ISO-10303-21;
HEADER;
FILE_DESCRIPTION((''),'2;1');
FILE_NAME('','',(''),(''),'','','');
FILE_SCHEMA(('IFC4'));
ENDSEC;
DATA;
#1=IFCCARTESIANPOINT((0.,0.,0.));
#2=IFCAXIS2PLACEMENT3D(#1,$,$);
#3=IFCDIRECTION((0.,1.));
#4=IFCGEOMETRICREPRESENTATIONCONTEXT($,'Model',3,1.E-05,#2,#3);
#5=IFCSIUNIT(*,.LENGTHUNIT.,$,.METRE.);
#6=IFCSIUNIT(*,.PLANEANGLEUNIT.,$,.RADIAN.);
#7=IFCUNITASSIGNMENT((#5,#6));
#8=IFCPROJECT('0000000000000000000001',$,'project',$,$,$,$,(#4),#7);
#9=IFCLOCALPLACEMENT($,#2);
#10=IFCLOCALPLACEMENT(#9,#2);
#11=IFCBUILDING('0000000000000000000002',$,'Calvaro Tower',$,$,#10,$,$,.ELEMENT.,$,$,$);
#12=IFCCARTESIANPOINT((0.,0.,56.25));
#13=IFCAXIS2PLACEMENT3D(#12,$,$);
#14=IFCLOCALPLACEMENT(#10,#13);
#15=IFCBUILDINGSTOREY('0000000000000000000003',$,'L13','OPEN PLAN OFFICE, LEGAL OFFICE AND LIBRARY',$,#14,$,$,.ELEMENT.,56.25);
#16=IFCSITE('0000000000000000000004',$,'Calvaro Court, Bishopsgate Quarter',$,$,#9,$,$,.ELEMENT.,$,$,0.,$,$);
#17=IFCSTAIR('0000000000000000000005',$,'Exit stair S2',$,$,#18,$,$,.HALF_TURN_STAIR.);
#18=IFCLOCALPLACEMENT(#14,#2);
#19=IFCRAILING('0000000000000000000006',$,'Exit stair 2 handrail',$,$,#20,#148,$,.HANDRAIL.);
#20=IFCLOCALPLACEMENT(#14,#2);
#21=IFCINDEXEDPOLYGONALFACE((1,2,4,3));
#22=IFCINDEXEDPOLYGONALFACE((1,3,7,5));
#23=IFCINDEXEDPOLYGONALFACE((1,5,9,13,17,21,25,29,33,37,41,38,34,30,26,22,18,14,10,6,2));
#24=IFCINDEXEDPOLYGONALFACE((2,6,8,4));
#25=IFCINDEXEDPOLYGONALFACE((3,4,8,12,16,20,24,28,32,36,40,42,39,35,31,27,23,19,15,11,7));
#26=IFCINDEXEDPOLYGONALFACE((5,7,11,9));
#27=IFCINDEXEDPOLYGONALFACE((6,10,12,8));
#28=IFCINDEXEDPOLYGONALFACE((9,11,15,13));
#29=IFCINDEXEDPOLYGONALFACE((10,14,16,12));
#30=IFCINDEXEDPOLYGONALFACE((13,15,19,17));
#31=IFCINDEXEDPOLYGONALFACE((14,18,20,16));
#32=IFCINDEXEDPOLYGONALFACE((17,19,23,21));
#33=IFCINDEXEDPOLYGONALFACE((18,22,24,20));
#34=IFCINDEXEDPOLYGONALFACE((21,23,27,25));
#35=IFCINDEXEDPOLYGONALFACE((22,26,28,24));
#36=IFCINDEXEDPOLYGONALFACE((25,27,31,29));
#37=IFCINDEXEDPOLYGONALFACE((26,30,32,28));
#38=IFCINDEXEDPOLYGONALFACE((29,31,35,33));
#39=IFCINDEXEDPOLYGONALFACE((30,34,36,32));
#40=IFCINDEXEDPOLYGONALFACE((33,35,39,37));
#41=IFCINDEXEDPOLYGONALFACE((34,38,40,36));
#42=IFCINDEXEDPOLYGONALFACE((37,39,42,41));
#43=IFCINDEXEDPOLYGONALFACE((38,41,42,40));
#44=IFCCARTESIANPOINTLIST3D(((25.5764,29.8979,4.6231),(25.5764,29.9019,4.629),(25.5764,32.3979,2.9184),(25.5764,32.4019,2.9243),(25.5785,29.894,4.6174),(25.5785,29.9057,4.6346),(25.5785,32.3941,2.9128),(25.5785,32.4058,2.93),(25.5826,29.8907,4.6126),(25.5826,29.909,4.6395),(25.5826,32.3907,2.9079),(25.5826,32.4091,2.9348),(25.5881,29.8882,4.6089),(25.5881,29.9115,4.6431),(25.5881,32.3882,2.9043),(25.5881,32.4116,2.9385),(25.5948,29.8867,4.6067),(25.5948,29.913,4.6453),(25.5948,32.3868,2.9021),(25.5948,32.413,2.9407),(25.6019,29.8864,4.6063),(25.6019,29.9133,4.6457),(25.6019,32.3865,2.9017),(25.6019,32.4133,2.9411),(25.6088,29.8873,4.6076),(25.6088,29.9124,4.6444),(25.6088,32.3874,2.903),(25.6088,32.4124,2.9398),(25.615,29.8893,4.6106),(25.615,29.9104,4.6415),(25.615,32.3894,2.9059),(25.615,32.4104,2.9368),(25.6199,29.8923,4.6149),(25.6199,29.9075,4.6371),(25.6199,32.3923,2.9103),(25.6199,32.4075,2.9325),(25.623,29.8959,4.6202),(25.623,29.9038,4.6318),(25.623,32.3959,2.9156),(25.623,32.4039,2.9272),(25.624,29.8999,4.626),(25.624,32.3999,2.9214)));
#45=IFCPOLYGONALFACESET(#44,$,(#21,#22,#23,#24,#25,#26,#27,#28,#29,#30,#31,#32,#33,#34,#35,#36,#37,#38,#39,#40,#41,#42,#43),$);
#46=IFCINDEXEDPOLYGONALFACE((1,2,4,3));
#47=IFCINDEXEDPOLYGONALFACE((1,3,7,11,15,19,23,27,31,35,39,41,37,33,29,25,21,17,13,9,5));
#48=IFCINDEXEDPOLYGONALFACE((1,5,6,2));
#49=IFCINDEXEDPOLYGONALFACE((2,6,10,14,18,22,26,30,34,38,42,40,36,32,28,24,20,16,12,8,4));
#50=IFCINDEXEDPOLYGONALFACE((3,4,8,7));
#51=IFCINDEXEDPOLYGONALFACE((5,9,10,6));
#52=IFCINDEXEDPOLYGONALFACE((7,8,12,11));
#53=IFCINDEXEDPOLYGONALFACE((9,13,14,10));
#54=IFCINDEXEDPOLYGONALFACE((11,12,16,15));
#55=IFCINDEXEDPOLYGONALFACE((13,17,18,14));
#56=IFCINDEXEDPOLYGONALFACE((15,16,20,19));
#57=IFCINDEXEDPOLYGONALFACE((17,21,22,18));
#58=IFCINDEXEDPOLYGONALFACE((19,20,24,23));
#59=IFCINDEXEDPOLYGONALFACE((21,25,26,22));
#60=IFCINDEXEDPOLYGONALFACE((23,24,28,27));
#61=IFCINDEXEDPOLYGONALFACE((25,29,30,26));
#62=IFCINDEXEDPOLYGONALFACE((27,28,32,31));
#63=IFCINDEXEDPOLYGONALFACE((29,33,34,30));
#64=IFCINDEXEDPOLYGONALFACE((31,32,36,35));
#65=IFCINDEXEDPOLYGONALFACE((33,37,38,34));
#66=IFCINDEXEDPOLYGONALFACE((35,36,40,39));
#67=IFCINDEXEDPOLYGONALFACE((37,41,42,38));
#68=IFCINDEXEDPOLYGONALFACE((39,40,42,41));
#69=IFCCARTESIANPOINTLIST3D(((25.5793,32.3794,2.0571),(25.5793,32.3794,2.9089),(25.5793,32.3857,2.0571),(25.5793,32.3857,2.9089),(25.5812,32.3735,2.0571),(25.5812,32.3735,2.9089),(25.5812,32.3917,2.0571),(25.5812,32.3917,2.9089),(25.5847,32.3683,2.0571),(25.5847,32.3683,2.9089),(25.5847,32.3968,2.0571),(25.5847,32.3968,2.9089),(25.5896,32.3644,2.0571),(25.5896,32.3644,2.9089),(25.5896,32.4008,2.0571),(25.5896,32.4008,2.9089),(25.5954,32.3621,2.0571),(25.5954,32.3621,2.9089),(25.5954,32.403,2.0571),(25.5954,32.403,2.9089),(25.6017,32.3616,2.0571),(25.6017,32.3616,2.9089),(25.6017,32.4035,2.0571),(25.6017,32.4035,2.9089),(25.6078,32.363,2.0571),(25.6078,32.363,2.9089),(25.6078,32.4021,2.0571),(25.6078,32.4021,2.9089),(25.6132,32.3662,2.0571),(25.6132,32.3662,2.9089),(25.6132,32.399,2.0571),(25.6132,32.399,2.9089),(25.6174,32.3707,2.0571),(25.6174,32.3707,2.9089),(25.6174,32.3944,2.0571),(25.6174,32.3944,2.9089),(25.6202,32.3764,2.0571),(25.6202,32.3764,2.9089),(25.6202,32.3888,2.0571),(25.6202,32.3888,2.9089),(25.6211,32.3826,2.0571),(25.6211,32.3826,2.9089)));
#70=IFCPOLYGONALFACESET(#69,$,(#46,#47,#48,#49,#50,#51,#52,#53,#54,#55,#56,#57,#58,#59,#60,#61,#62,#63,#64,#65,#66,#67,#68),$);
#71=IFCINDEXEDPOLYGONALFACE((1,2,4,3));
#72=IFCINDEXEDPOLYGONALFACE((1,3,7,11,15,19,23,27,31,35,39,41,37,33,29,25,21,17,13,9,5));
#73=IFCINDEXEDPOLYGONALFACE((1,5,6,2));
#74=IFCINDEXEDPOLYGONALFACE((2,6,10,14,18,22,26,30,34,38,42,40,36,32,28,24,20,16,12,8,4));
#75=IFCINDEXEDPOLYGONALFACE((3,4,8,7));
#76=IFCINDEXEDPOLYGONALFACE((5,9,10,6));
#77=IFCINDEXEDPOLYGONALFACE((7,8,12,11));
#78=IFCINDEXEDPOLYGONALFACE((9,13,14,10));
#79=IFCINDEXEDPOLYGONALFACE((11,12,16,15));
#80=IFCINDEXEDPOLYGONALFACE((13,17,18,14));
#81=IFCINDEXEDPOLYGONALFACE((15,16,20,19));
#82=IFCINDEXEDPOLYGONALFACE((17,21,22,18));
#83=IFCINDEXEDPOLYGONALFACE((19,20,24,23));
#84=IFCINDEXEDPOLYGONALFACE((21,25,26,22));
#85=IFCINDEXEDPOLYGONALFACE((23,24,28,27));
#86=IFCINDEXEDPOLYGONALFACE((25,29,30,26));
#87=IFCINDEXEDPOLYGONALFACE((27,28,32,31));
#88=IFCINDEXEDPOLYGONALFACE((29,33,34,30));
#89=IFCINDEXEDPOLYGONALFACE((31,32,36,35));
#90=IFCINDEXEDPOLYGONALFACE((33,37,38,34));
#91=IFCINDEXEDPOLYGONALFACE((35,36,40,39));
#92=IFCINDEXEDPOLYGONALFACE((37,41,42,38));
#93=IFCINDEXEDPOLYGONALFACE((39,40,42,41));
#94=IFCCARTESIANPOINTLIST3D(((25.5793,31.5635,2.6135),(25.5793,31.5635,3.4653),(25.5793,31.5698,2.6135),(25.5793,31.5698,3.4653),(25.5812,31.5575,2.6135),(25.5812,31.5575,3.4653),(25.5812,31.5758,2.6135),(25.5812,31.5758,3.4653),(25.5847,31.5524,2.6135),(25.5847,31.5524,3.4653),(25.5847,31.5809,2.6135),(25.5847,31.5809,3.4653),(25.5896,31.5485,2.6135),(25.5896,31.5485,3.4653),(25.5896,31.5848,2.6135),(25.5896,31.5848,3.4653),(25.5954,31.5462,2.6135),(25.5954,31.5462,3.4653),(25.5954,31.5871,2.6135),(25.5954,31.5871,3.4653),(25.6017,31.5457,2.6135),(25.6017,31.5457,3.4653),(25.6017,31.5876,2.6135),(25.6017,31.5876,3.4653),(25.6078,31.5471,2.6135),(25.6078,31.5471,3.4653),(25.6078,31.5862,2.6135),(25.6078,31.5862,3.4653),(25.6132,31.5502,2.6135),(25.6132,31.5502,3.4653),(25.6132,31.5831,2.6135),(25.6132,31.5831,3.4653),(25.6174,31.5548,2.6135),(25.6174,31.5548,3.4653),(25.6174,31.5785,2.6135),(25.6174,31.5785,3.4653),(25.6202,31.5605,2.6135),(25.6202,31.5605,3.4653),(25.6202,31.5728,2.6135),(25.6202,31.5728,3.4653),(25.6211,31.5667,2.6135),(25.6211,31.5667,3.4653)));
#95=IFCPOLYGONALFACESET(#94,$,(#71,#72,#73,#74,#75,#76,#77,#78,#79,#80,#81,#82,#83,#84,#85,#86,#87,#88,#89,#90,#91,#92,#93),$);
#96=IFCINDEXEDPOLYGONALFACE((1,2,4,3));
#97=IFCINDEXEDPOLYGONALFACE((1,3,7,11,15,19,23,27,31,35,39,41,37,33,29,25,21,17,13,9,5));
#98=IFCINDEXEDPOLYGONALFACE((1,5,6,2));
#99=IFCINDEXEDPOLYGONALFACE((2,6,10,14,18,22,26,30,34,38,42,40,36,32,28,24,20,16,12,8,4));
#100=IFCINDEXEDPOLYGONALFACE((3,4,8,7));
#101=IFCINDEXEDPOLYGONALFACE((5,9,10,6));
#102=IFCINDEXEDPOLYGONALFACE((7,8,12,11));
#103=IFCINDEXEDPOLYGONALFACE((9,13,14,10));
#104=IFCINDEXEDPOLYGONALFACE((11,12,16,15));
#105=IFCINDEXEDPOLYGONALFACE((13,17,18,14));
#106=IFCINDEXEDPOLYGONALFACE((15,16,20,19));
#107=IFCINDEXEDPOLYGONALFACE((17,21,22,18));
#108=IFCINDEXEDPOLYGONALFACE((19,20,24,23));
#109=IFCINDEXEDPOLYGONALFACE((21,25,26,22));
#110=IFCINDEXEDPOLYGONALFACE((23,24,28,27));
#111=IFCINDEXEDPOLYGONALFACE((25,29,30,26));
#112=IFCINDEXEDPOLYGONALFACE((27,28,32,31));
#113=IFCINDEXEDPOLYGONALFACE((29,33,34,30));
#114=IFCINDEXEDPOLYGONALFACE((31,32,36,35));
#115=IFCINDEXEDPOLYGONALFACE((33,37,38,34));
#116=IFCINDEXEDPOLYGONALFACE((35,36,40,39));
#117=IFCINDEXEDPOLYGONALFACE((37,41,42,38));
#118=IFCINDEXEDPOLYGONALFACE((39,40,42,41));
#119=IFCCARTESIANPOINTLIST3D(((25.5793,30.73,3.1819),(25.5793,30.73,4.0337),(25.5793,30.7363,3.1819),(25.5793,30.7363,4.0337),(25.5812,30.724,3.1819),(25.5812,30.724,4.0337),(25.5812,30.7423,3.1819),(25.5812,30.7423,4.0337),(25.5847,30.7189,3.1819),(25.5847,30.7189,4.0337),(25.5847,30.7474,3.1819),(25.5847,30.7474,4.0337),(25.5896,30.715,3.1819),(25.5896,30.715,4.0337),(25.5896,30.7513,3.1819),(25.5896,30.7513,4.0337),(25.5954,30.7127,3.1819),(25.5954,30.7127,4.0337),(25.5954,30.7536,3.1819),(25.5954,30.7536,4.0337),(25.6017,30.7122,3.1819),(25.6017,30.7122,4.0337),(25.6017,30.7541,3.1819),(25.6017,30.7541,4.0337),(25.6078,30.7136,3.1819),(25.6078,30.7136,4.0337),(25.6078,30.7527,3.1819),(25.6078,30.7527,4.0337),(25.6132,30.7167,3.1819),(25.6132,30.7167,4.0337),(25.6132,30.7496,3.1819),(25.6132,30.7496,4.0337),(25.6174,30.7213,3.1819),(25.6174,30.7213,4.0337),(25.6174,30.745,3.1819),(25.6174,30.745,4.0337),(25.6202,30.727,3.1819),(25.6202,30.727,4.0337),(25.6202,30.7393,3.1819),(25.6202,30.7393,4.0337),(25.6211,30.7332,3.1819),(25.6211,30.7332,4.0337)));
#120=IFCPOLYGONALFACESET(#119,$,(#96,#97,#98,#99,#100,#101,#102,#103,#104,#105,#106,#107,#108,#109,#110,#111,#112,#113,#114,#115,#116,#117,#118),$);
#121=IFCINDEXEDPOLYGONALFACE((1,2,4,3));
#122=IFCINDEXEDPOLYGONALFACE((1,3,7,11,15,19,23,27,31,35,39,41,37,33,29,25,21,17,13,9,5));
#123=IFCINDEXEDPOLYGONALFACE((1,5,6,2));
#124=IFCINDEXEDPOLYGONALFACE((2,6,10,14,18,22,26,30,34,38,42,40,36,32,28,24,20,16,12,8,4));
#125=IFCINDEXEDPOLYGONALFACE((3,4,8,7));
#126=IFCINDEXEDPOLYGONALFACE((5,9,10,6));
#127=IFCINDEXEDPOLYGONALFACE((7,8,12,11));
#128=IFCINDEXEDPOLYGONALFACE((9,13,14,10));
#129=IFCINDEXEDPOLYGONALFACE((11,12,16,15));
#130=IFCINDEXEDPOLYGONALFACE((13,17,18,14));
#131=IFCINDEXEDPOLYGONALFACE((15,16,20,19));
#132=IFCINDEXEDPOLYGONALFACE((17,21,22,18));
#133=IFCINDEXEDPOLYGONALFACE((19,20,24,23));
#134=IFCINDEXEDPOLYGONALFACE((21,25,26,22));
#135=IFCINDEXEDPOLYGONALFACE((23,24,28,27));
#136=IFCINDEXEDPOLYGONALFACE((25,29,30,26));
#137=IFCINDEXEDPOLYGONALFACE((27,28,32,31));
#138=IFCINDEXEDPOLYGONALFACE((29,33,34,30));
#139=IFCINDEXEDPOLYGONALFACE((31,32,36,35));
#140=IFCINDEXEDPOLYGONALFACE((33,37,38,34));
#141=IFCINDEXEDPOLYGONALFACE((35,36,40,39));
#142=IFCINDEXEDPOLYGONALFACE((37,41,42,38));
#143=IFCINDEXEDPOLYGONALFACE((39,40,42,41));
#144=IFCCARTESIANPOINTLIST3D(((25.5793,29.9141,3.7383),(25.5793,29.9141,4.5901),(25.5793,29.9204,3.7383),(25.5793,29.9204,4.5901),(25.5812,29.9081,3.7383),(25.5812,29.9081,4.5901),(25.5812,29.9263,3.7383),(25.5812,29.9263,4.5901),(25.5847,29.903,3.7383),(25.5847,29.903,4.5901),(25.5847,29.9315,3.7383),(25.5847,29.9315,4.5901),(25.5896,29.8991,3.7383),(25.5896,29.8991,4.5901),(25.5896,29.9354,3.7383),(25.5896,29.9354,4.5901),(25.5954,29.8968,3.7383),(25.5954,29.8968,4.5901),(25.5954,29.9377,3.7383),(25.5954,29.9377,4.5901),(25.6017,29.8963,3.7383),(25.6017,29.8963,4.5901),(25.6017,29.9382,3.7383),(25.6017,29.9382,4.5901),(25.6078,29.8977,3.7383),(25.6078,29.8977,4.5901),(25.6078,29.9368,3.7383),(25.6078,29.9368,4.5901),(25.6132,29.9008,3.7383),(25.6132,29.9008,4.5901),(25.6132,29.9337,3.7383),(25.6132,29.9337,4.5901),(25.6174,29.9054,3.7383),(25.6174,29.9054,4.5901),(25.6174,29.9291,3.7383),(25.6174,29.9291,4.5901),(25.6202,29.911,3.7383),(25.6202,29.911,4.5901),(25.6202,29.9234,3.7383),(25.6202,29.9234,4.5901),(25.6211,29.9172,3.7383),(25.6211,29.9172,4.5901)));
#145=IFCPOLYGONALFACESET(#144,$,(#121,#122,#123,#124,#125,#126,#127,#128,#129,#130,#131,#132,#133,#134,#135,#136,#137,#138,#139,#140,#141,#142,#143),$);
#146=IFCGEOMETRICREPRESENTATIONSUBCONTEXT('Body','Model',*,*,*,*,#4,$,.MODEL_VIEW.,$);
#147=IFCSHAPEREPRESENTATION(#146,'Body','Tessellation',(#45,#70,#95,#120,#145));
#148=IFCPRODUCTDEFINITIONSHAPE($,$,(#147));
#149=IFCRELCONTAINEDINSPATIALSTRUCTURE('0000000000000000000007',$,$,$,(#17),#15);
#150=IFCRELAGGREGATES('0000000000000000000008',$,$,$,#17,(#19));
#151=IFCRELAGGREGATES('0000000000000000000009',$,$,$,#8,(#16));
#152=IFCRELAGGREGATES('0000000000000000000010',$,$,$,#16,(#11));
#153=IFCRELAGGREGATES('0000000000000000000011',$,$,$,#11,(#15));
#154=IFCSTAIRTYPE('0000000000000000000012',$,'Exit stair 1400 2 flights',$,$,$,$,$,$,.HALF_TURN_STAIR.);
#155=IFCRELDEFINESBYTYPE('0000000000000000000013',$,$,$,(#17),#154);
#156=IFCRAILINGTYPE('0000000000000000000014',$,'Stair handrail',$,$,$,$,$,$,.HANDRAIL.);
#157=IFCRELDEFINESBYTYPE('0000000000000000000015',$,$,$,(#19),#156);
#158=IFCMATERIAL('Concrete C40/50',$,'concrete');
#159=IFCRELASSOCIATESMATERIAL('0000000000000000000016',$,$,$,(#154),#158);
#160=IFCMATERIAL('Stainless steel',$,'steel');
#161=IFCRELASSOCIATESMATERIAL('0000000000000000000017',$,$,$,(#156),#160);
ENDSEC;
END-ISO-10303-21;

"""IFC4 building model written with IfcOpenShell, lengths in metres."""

from ifc_helpers import new_model, si_unit, direction, frame, origin, origin_2d, place, context, subcontext, project, spatial, circle, extrude, material, type_object, element, aggregate, save


model = new_model("IFC4")

# Units and contexts
model_context = context("Model", 3, precision=1e-05, world=origin(), true_north=direction((0.0, 1.0)))
body_context = subcontext(model_context, "Body", "Model", "MODEL_VIEW")
ifc_project = project(units=[si_unit("LENGTHUNIT", "METRE"), si_unit("PLANEANGLEUNIT", "RADIAN")], contexts=[model_context])

# Site, building, storey
site_placement = place(None, origin())
site = spatial("IfcSite", under=ifc_project, at=site_placement, Name="Calvaro Court, Bishopsgate Quarter", CompositionType="ELEMENT", RefElevation=0.0)
building_placement = place(site_placement, origin())
building = spatial("IfcBuilding", under=site, at=building_placement, Name="Calvaro Tower", CompositionType="ELEMENT")
storey_placement = place(building_placement, frame((0.0, 0.0, 56.25)))
storey = spatial("IfcBuildingStorey", under=building, at=storey_placement, Name="L13", Description="OPEN PLAN OFFICE, LEGAL OFFICE AND LIBRARY", CompositionType="ELEMENT", Elevation=56.25)

# Stair, railing
ifc_material_1 = material(Name="Concrete C40/50", Category="concrete")
stair_type = type_object("IfcStairType", Name="Exit stair 1400 2 flights", PredefinedType="HALF_TURN_STAIR", material=ifc_material_1)
stair_placement = place(storey_placement, origin())
stair = element("IfcStair", 1, at=stair_placement, inside=storey, type_object=stair_type, Name="Exit stair S2", PredefinedType="HALF_TURN_STAIR")
ifc_material_2 = material(Name="Stainless steel", Category="steel")
railing_type = type_object("IfcRailingType", Name="Stair handrail", PredefinedType="HANDRAIL", material=ifc_material_2)
railing_1_placement = place(storey_placement, frame((25.6001, 32.3999, 2.0454)))
railing_1 = element("IfcRailing", 2, at=railing_1_placement, type_object=railing_type, Name="Exit stair 2 handrail", PredefinedType="HANDRAIL", context=body_context, shape_type="SweptSolid", body=[
    extrude(circle(Radius=0.0239, at=origin_2d()), frame((0.0, 0.0, 0.876), z_axis=(0.0, -0.826221, 0.563347), x_axis=(1.0, 0.0, 0.0)), (0.0, 0.0, 1.0), 3.0259),
    extrude(circle(Radius=0.021, at=origin_2d()), frame((0.0, -0.0173, 0.0117)), (0.0, 0.0, 1.0), 0.8518),
    extrude(circle(Radius=0.021, at=origin_2d()), frame((0.0, -0.8333, 0.5681)), (0.0, 0.0, 1.0), 0.8518),
    extrude(circle(Radius=0.021, at=origin_2d()), frame((0.0, -1.6667, 1.1365)), (0.0, 0.0, 1.0), 0.8518),
    extrude(circle(Radius=0.021, at=origin_2d()), frame((0.0, -2.4827, 1.6929)), (0.0, 0.0, 1.0), 0.8518),
])
aggregate(stair, [railing_1])

save(model, "model.ifc")
